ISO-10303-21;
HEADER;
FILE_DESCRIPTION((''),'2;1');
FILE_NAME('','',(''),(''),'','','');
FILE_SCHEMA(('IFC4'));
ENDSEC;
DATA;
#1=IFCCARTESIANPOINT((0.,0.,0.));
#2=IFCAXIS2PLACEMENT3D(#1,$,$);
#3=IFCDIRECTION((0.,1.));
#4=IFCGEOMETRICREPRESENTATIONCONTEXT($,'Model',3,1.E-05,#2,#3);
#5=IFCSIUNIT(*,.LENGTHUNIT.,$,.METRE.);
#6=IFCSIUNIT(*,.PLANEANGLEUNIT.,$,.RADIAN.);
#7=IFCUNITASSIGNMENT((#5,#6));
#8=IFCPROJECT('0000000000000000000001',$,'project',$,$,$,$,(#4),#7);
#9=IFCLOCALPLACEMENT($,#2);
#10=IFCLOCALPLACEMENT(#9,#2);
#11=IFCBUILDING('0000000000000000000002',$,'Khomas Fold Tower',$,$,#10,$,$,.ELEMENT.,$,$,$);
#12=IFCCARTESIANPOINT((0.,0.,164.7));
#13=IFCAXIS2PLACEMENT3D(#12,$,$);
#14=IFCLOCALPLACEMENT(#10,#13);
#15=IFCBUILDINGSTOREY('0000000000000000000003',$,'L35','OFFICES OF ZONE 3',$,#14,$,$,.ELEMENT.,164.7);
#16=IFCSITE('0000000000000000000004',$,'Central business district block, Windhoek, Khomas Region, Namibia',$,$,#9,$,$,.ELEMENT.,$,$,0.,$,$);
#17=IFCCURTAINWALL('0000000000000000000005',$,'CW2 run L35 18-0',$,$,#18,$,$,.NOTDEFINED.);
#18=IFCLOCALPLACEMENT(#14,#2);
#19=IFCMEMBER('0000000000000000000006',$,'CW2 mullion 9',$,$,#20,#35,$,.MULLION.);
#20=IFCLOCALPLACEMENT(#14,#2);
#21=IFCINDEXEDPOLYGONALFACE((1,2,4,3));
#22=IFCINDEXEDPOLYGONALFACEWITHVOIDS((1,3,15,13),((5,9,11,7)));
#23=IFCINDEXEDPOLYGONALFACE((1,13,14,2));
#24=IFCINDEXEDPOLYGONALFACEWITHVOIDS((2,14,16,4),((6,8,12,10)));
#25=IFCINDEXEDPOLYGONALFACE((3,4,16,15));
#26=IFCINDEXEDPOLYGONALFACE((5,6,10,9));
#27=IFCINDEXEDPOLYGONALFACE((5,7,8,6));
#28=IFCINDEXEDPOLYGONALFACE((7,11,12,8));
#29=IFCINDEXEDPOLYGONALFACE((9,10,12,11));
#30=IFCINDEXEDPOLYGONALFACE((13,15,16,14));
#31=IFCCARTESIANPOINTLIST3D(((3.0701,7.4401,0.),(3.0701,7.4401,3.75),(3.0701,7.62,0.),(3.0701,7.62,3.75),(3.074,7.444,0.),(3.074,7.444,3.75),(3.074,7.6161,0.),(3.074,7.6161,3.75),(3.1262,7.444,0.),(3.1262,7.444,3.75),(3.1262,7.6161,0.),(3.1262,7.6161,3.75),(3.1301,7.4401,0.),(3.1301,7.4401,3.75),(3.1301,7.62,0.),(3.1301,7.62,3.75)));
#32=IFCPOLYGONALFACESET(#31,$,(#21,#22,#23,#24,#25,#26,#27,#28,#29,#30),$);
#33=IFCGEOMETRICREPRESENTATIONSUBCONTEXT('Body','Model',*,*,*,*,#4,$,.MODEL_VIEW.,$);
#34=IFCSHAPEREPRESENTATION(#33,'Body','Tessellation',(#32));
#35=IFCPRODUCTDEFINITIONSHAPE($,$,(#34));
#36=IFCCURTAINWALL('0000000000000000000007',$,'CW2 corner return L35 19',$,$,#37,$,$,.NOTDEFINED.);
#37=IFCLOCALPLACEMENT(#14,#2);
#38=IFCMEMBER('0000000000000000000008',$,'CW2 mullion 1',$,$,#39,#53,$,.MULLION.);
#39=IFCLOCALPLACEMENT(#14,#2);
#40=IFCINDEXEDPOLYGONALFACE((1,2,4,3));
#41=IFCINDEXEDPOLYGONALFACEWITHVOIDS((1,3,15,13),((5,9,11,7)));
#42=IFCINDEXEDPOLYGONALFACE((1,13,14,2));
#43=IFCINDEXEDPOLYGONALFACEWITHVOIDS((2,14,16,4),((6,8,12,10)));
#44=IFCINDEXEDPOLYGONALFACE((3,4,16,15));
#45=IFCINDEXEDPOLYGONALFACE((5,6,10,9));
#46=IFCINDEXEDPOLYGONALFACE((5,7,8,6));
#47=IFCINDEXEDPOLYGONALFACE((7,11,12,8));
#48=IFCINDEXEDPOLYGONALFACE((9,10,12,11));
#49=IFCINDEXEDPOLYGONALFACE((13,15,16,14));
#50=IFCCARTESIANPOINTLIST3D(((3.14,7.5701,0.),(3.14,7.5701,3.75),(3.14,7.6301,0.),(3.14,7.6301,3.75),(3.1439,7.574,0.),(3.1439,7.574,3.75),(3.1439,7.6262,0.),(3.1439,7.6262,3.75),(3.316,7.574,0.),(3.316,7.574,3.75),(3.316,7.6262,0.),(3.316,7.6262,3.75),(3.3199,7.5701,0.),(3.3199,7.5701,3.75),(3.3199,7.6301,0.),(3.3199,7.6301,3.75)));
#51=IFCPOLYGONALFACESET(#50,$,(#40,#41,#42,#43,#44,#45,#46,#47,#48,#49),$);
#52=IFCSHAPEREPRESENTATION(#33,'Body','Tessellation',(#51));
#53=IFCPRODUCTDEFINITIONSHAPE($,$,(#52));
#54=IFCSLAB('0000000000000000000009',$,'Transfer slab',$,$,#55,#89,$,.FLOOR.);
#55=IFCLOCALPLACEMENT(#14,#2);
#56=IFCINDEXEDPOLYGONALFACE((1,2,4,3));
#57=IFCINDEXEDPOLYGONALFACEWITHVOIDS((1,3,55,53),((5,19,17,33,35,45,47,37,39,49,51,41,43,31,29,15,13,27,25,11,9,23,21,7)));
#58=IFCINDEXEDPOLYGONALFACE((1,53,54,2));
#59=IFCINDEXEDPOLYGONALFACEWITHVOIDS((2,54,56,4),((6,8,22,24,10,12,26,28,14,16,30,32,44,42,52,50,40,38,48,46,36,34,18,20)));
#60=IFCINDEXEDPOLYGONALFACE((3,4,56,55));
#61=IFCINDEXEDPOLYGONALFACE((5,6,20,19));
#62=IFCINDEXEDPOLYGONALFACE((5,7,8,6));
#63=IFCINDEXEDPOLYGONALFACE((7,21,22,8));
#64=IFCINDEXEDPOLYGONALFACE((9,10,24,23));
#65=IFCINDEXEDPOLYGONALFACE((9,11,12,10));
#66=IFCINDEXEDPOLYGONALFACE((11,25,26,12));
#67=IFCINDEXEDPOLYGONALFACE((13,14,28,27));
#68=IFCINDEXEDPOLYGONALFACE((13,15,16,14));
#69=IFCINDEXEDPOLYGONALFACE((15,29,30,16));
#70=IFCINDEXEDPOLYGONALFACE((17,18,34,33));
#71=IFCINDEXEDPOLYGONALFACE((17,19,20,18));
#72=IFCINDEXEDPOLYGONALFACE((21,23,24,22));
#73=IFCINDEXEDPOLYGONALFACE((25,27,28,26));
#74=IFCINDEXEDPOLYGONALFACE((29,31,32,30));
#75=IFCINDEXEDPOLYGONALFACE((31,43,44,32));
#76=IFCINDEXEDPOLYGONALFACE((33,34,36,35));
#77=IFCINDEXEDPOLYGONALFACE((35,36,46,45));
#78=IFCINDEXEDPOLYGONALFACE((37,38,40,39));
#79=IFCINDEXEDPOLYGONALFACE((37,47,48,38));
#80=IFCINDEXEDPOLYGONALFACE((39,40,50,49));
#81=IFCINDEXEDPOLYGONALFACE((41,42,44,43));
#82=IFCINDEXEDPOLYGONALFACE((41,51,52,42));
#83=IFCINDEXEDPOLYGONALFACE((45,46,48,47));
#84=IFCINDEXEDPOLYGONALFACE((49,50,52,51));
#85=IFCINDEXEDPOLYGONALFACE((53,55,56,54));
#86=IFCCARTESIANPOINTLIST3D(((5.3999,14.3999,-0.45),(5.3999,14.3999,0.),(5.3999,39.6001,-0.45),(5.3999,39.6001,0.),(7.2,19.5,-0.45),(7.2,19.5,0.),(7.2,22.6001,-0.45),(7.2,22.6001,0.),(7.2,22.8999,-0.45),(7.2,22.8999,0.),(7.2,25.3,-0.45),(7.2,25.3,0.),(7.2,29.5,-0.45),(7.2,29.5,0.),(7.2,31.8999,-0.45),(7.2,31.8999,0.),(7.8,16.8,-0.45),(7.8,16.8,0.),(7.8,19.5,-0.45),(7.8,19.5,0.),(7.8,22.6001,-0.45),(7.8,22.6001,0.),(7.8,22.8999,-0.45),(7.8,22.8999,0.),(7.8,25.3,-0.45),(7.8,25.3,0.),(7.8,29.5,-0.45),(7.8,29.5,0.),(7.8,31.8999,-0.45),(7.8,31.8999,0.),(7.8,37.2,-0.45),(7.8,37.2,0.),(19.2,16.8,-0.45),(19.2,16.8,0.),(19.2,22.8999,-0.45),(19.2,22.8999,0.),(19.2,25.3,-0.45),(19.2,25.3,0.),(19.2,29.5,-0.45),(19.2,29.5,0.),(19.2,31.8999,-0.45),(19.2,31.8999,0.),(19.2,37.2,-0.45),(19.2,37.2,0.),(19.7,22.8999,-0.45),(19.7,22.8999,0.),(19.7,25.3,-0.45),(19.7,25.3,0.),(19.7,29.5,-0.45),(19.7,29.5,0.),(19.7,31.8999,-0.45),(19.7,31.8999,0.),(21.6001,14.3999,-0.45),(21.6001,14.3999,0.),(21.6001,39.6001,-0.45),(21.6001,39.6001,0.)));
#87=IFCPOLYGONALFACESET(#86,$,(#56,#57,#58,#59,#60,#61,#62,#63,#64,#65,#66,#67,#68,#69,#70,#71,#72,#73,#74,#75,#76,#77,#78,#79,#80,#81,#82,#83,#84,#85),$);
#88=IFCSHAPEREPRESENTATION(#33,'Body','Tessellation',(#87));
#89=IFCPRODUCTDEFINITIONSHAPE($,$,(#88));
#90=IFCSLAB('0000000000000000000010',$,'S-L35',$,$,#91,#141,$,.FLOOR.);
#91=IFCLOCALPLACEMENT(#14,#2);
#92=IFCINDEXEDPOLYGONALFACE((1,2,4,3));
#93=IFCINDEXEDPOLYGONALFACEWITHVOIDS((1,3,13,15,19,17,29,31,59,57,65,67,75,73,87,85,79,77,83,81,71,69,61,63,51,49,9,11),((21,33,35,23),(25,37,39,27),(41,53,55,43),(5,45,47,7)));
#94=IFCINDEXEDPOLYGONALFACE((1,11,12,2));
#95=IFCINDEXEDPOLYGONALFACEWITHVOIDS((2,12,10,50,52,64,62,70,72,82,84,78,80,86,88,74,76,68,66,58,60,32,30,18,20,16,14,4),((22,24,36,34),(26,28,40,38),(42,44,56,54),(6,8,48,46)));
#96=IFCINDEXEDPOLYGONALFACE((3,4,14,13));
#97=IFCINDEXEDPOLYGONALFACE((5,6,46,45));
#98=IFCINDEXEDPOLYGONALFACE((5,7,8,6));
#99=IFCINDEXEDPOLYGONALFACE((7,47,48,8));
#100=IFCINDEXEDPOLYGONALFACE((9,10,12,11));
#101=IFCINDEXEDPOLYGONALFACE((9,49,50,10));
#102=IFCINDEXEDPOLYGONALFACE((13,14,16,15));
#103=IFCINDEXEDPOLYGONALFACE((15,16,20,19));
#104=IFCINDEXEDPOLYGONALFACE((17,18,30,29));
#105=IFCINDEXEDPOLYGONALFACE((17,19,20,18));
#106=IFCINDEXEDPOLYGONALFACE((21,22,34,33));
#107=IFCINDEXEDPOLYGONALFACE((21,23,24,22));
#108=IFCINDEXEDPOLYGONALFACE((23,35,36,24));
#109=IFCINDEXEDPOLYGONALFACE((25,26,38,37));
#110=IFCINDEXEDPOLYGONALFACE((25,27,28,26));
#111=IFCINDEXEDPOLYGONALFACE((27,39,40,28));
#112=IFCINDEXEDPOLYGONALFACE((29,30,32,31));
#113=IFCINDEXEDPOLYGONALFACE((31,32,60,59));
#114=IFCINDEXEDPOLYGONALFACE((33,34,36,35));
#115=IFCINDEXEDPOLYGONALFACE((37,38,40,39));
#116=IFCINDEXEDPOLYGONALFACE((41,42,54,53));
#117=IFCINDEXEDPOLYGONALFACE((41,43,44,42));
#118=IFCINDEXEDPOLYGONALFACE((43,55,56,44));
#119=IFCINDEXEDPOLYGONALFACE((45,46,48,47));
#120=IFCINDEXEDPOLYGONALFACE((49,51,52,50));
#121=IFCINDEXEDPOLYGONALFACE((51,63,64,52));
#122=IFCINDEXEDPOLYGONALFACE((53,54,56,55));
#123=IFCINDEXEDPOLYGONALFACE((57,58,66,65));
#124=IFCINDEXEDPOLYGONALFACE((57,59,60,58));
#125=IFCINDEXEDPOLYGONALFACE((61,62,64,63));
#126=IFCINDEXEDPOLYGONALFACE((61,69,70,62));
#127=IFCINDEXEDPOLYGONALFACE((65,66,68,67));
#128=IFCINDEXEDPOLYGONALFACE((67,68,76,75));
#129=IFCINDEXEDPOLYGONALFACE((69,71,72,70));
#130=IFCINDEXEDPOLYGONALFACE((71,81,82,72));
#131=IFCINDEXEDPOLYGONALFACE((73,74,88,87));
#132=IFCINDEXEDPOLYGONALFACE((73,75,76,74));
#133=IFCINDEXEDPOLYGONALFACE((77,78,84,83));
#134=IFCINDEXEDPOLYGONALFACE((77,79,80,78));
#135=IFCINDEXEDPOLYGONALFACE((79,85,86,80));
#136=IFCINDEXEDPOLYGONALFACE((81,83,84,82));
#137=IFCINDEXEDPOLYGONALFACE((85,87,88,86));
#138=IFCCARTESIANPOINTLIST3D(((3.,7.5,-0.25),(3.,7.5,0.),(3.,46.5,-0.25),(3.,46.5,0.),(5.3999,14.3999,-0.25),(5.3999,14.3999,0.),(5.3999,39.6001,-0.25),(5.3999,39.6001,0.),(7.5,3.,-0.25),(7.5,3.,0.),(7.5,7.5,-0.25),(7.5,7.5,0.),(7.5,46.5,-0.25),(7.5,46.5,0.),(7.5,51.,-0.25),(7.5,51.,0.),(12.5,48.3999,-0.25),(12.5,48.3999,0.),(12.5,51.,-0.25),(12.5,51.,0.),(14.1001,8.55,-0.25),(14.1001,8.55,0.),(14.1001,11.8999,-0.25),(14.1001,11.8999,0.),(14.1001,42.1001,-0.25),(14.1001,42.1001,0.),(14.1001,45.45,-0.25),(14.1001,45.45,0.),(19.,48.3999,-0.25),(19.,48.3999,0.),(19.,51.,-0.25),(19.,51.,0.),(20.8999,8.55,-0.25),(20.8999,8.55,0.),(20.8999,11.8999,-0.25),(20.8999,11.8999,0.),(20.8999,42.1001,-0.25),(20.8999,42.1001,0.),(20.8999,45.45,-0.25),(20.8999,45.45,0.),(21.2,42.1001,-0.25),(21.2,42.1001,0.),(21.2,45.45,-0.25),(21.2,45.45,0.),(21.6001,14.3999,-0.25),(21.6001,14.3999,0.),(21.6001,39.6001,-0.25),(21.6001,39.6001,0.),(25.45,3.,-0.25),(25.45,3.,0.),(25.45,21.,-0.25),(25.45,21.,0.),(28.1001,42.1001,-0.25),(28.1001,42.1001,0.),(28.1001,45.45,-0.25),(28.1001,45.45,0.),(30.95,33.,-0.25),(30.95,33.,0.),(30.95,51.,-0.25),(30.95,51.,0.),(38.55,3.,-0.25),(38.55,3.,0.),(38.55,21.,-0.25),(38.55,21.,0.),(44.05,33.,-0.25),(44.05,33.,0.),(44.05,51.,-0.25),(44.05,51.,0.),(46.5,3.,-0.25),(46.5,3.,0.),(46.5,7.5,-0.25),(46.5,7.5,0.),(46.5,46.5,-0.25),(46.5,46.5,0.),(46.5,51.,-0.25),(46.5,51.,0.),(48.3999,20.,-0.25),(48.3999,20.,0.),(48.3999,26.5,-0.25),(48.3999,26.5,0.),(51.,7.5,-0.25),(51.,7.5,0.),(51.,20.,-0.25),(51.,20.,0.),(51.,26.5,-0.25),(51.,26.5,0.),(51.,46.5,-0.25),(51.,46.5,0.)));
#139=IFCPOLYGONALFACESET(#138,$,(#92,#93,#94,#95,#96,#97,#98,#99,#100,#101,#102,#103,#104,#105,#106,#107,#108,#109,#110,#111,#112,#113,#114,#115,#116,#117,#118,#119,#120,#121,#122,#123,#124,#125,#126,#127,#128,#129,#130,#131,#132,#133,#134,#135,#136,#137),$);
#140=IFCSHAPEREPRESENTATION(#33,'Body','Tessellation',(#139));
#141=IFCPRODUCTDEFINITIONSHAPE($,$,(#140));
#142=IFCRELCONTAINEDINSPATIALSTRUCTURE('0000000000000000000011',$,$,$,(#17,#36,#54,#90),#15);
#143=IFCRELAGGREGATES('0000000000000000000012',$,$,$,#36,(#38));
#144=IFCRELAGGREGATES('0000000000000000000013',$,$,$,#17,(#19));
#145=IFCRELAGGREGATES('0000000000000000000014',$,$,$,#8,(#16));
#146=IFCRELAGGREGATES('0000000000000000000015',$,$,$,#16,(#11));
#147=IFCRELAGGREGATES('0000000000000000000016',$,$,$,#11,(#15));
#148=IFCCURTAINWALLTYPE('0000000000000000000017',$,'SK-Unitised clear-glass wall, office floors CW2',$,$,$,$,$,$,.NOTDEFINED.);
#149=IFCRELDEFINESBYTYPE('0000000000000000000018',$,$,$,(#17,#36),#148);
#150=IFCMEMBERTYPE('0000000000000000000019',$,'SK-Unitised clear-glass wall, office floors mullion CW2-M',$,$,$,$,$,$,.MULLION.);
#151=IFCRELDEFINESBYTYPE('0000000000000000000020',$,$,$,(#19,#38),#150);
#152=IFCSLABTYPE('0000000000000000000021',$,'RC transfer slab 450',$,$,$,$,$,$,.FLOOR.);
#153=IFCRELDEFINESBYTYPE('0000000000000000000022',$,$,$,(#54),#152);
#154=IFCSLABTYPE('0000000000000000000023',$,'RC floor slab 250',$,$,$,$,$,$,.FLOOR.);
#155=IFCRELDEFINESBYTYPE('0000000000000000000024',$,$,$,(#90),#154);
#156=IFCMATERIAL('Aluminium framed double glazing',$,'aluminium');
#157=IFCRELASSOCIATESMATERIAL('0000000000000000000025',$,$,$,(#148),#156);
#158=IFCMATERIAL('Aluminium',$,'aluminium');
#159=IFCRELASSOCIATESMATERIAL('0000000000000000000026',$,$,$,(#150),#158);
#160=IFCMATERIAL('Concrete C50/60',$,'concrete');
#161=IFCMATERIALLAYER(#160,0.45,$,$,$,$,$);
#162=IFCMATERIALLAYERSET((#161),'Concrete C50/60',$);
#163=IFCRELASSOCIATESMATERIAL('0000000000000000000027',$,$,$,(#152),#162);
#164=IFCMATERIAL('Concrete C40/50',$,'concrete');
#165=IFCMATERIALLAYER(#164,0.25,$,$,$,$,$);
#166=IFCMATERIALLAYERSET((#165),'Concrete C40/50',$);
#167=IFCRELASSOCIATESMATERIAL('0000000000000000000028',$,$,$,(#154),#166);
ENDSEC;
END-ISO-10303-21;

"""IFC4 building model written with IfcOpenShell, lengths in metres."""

from ifc_helpers import new_model, si_unit, direction, frame, origin, origin_2d, place, context, subcontext, project, spatial, polyline, hollow_rectangle, outline, extrude, source, transform, mapped, material, layer, layer_set, material_profile, profile_set, type_object, element, aggregate, save


model = new_model("IFC4")

# Units and contexts
model_context = context("Model", 3, precision=1e-05, world=origin(), true_north=direction((0.0, 1.0)))
body_context = subcontext(model_context, "Body", "Model", "MODEL_VIEW")
ifc_project = project(units=[si_unit("LENGTHUNIT", "METRE"), si_unit("PLANEANGLEUNIT", "RADIAN")], contexts=[model_context])

# Site, building, storey
site_placement = place(None, origin())
site = spatial("IfcSite", under=ifc_project, at=site_placement, Name="Central business district block, Windhoek, Khomas Region, Namibia", CompositionType="ELEMENT", RefElevation=0.0)
building_placement = place(site_placement, origin())
building = spatial("IfcBuilding", under=site, at=building_placement, Name="Khomas Fold Tower", CompositionType="ELEMENT")
storey_placement = place(building_placement, frame((0.0, 0.0, 164.7)))
storey = spatial("IfcBuildingStorey", under=building, at=storey_placement, Name="L35", Description="OFFICES OF ZONE 3", CompositionType="ELEMENT", Elevation=164.7)

# Curtain walls, members
ifc_material_1 = material(Name="Aluminium framed double glazing", Category="aluminium")
curtain_wall_type = type_object("IfcCurtainWallType", Name="SK-Unitised clear-glass wall, office floors CW2", PredefinedType="NOTDEFINED", material=ifc_material_1)
curtain_wall_1_placement = place(storey_placement, origin())
curtain_wall_1 = element("IfcCurtainWall", 1, at=curtain_wall_1_placement, inside=storey, type_object=curtain_wall_type, Name="CW2 run L35 18-0", PredefinedType="NOTDEFINED")
ifc_material_2 = material(Name="Aluminium", Category="aluminium")
ifc_material_profile = material_profile(ifc_material_2, hollow_rectangle(XDim=0.0601, YDim=0.1799, WallThickness=0.0039, at=origin_2d()), Name="SK-Unitised clear-glass wall, office floors mullion CW2-M")
ifc_profile_set = profile_set([ifc_material_profile], Name="Aluminium")
member_type = type_object("IfcMemberType", Name="SK-Unitised clear-glass wall, office floors mullion CW2-M", PredefinedType="MULLION", material=ifc_profile_set)
shared_shape_1 = source(origin(), body_context, "Body", "SweptSolid", [
    extrude(hollow_rectangle(XDim=0.0601, YDim=0.1799, WallThickness=0.0039, at=origin_2d()), origin(), (0.0, 0.0, 1.0), 3.75),
])
member_1_placement = place(storey_placement, frame((3.1001, 7.53, 0.0), z_axis=(0.0, 0.0, 1.0), x_axis=(1.0, 0.0, 0.0)))
member_1 = element("IfcMember", 2, at=member_1_placement, type_object=member_type, Name="CW2 mullion 9", PredefinedType="MULLION", context=body_context, shape_type="MappedRepresentation", body=[
    mapped(shared_shape_1, transform((0.0, 0.0, 0.0))),
])
curtain_wall_2_placement = place(storey_placement, origin())
curtain_wall_2 = element("IfcCurtainWall", 3, at=curtain_wall_2_placement, inside=storey, type_object=curtain_wall_type, Name="CW2 corner return L35 19", PredefinedType="NOTDEFINED")
member_2_placement = place(storey_placement, frame((3.23, 7.6001, 0.0), z_axis=(0.0, 0.0, 1.0), x_axis=(0.0, 1.0, 0.0)))
member_2 = element("IfcMember", 4, at=member_2_placement, type_object=member_type, Name="CW2 mullion 1", PredefinedType="MULLION", context=body_context, shape_type="MappedRepresentation", body=[
    mapped(shared_shape_1, transform((0.0, 0.0, 0.0))),
])
aggregate(curtain_wall_2, [member_2])

# Slabs
ifc_material_3 = material(Name="Concrete C50/60", Category="concrete")
ifc_layer_1 = layer(ifc_material_3, 0.45)
ifc_layer_set_1 = layer_set([ifc_layer_1], Name="Concrete C50/60")
slab_type_1 = type_object("IfcSlabType", Name="RC transfer slab 450", PredefinedType="FLOOR", material=ifc_layer_set_1)
shared_shape_2 = source(origin(), body_context, "Body", "SweptSolid", [
    extrude(outline(polyline([(5.3999, 14.3999), (21.6001, 14.3999), (21.6001, 39.6001), (5.3999, 39.6001), (5.3999, 14.3999)]), holes=[polyline([(7.2, 19.5), (7.2, 22.6001), (7.8, 22.6001), (7.8, 22.8999), (7.2, 22.8999), (7.2, 25.3), (7.8, 25.3), (7.8, 29.5), (7.2, 29.5), (7.2, 31.8999), (7.8, 31.8999), (7.8, 37.2), (19.2, 37.2), (19.2, 31.8999), (19.7, 31.8999), (19.7, 29.5), (19.2, 29.5), (19.2, 25.3), (19.7, 25.3), (19.7, 22.8999), (19.2, 22.8999), (19.2, 16.8), (7.8, 16.8), (7.8, 19.5), (7.2, 19.5)])]), origin(), (0.0, 0.0, 1.0), 0.45),
])
slab_1_placement = place(storey_placement, frame((0.0, 0.0, -0.45)))
element("IfcSlab", 5, at=slab_1_placement, inside=storey, type_object=slab_type_1, Name="Transfer slab", PredefinedType="FLOOR", context=body_context, shape_type="MappedRepresentation", body=[
    mapped(shared_shape_2, transform((0.0, 0.0, 0.0))),
])
ifc_material_4 = material(Name="Concrete C40/50", Category="concrete")
ifc_layer_2 = layer(ifc_material_4, 0.25)
ifc_layer_set_2 = layer_set([ifc_layer_2], Name="Concrete C40/50")
slab_type_2 = type_object("IfcSlabType", Name="RC floor slab 250", PredefinedType="FLOOR", material=ifc_layer_set_2)
shared_shape_3 = source(origin(), body_context, "Body", "SweptSolid", [
    extrude(outline(polyline([(3.0, 7.5), (7.5, 7.5), (7.5, 3.0), (25.45, 3.0), (25.45, 21.0), (38.55, 21.0), (38.55, 3.0), (46.5, 3.0), (46.5, 7.5), (51.0, 7.5), (51.0, 20.0), (48.3999, 20.0), (48.3999, 26.5), (51.0, 26.5), (51.0, 46.5), (46.5, 46.5), (46.5, 51.0), (44.05, 51.0), (44.05, 33.0), (30.95, 33.0), (30.95, 51.0), (19.0, 51.0), (19.0, 48.3999), (12.5, 48.3999), (12.5, 51.0), (7.5, 51.0), (7.5, 46.5), (3.0, 46.5), (3.0, 7.5)]), holes=[polyline([(5.3999, 14.3999), (5.3999, 39.6001), (21.6001, 39.6001), (21.6001, 14.3999), (5.3999, 14.3999)]), polyline([(14.1001, 8.55), (14.1001, 11.8999), (20.8999, 11.8999), (20.8999, 8.55), (14.1001, 8.55)]), polyline([(14.1001, 42.1001), (14.1001, 45.45), (20.8999, 45.45), (20.8999, 42.1001), (14.1001, 42.1001)]), polyline([(21.2, 42.1001), (21.2, 45.45), (28.1001, 45.45), (28.1001, 42.1001), (21.2, 42.1001)])]), origin(), (0.0, 0.0, 1.0), 0.25),
])
slab_2_placement = place(storey_placement, frame((0.0, 0.0, -0.25)))
element("IfcSlab", 6, at=slab_2_placement, inside=storey, type_object=slab_type_2, Name="S-L35", PredefinedType="FLOOR", context=body_context, shape_type="MappedRepresentation", body=[
    mapped(shared_shape_3, transform((0.0, 0.0, 0.0))),
])

aggregate(curtain_wall_1, [member_1])

save(model, "model.ifc")
